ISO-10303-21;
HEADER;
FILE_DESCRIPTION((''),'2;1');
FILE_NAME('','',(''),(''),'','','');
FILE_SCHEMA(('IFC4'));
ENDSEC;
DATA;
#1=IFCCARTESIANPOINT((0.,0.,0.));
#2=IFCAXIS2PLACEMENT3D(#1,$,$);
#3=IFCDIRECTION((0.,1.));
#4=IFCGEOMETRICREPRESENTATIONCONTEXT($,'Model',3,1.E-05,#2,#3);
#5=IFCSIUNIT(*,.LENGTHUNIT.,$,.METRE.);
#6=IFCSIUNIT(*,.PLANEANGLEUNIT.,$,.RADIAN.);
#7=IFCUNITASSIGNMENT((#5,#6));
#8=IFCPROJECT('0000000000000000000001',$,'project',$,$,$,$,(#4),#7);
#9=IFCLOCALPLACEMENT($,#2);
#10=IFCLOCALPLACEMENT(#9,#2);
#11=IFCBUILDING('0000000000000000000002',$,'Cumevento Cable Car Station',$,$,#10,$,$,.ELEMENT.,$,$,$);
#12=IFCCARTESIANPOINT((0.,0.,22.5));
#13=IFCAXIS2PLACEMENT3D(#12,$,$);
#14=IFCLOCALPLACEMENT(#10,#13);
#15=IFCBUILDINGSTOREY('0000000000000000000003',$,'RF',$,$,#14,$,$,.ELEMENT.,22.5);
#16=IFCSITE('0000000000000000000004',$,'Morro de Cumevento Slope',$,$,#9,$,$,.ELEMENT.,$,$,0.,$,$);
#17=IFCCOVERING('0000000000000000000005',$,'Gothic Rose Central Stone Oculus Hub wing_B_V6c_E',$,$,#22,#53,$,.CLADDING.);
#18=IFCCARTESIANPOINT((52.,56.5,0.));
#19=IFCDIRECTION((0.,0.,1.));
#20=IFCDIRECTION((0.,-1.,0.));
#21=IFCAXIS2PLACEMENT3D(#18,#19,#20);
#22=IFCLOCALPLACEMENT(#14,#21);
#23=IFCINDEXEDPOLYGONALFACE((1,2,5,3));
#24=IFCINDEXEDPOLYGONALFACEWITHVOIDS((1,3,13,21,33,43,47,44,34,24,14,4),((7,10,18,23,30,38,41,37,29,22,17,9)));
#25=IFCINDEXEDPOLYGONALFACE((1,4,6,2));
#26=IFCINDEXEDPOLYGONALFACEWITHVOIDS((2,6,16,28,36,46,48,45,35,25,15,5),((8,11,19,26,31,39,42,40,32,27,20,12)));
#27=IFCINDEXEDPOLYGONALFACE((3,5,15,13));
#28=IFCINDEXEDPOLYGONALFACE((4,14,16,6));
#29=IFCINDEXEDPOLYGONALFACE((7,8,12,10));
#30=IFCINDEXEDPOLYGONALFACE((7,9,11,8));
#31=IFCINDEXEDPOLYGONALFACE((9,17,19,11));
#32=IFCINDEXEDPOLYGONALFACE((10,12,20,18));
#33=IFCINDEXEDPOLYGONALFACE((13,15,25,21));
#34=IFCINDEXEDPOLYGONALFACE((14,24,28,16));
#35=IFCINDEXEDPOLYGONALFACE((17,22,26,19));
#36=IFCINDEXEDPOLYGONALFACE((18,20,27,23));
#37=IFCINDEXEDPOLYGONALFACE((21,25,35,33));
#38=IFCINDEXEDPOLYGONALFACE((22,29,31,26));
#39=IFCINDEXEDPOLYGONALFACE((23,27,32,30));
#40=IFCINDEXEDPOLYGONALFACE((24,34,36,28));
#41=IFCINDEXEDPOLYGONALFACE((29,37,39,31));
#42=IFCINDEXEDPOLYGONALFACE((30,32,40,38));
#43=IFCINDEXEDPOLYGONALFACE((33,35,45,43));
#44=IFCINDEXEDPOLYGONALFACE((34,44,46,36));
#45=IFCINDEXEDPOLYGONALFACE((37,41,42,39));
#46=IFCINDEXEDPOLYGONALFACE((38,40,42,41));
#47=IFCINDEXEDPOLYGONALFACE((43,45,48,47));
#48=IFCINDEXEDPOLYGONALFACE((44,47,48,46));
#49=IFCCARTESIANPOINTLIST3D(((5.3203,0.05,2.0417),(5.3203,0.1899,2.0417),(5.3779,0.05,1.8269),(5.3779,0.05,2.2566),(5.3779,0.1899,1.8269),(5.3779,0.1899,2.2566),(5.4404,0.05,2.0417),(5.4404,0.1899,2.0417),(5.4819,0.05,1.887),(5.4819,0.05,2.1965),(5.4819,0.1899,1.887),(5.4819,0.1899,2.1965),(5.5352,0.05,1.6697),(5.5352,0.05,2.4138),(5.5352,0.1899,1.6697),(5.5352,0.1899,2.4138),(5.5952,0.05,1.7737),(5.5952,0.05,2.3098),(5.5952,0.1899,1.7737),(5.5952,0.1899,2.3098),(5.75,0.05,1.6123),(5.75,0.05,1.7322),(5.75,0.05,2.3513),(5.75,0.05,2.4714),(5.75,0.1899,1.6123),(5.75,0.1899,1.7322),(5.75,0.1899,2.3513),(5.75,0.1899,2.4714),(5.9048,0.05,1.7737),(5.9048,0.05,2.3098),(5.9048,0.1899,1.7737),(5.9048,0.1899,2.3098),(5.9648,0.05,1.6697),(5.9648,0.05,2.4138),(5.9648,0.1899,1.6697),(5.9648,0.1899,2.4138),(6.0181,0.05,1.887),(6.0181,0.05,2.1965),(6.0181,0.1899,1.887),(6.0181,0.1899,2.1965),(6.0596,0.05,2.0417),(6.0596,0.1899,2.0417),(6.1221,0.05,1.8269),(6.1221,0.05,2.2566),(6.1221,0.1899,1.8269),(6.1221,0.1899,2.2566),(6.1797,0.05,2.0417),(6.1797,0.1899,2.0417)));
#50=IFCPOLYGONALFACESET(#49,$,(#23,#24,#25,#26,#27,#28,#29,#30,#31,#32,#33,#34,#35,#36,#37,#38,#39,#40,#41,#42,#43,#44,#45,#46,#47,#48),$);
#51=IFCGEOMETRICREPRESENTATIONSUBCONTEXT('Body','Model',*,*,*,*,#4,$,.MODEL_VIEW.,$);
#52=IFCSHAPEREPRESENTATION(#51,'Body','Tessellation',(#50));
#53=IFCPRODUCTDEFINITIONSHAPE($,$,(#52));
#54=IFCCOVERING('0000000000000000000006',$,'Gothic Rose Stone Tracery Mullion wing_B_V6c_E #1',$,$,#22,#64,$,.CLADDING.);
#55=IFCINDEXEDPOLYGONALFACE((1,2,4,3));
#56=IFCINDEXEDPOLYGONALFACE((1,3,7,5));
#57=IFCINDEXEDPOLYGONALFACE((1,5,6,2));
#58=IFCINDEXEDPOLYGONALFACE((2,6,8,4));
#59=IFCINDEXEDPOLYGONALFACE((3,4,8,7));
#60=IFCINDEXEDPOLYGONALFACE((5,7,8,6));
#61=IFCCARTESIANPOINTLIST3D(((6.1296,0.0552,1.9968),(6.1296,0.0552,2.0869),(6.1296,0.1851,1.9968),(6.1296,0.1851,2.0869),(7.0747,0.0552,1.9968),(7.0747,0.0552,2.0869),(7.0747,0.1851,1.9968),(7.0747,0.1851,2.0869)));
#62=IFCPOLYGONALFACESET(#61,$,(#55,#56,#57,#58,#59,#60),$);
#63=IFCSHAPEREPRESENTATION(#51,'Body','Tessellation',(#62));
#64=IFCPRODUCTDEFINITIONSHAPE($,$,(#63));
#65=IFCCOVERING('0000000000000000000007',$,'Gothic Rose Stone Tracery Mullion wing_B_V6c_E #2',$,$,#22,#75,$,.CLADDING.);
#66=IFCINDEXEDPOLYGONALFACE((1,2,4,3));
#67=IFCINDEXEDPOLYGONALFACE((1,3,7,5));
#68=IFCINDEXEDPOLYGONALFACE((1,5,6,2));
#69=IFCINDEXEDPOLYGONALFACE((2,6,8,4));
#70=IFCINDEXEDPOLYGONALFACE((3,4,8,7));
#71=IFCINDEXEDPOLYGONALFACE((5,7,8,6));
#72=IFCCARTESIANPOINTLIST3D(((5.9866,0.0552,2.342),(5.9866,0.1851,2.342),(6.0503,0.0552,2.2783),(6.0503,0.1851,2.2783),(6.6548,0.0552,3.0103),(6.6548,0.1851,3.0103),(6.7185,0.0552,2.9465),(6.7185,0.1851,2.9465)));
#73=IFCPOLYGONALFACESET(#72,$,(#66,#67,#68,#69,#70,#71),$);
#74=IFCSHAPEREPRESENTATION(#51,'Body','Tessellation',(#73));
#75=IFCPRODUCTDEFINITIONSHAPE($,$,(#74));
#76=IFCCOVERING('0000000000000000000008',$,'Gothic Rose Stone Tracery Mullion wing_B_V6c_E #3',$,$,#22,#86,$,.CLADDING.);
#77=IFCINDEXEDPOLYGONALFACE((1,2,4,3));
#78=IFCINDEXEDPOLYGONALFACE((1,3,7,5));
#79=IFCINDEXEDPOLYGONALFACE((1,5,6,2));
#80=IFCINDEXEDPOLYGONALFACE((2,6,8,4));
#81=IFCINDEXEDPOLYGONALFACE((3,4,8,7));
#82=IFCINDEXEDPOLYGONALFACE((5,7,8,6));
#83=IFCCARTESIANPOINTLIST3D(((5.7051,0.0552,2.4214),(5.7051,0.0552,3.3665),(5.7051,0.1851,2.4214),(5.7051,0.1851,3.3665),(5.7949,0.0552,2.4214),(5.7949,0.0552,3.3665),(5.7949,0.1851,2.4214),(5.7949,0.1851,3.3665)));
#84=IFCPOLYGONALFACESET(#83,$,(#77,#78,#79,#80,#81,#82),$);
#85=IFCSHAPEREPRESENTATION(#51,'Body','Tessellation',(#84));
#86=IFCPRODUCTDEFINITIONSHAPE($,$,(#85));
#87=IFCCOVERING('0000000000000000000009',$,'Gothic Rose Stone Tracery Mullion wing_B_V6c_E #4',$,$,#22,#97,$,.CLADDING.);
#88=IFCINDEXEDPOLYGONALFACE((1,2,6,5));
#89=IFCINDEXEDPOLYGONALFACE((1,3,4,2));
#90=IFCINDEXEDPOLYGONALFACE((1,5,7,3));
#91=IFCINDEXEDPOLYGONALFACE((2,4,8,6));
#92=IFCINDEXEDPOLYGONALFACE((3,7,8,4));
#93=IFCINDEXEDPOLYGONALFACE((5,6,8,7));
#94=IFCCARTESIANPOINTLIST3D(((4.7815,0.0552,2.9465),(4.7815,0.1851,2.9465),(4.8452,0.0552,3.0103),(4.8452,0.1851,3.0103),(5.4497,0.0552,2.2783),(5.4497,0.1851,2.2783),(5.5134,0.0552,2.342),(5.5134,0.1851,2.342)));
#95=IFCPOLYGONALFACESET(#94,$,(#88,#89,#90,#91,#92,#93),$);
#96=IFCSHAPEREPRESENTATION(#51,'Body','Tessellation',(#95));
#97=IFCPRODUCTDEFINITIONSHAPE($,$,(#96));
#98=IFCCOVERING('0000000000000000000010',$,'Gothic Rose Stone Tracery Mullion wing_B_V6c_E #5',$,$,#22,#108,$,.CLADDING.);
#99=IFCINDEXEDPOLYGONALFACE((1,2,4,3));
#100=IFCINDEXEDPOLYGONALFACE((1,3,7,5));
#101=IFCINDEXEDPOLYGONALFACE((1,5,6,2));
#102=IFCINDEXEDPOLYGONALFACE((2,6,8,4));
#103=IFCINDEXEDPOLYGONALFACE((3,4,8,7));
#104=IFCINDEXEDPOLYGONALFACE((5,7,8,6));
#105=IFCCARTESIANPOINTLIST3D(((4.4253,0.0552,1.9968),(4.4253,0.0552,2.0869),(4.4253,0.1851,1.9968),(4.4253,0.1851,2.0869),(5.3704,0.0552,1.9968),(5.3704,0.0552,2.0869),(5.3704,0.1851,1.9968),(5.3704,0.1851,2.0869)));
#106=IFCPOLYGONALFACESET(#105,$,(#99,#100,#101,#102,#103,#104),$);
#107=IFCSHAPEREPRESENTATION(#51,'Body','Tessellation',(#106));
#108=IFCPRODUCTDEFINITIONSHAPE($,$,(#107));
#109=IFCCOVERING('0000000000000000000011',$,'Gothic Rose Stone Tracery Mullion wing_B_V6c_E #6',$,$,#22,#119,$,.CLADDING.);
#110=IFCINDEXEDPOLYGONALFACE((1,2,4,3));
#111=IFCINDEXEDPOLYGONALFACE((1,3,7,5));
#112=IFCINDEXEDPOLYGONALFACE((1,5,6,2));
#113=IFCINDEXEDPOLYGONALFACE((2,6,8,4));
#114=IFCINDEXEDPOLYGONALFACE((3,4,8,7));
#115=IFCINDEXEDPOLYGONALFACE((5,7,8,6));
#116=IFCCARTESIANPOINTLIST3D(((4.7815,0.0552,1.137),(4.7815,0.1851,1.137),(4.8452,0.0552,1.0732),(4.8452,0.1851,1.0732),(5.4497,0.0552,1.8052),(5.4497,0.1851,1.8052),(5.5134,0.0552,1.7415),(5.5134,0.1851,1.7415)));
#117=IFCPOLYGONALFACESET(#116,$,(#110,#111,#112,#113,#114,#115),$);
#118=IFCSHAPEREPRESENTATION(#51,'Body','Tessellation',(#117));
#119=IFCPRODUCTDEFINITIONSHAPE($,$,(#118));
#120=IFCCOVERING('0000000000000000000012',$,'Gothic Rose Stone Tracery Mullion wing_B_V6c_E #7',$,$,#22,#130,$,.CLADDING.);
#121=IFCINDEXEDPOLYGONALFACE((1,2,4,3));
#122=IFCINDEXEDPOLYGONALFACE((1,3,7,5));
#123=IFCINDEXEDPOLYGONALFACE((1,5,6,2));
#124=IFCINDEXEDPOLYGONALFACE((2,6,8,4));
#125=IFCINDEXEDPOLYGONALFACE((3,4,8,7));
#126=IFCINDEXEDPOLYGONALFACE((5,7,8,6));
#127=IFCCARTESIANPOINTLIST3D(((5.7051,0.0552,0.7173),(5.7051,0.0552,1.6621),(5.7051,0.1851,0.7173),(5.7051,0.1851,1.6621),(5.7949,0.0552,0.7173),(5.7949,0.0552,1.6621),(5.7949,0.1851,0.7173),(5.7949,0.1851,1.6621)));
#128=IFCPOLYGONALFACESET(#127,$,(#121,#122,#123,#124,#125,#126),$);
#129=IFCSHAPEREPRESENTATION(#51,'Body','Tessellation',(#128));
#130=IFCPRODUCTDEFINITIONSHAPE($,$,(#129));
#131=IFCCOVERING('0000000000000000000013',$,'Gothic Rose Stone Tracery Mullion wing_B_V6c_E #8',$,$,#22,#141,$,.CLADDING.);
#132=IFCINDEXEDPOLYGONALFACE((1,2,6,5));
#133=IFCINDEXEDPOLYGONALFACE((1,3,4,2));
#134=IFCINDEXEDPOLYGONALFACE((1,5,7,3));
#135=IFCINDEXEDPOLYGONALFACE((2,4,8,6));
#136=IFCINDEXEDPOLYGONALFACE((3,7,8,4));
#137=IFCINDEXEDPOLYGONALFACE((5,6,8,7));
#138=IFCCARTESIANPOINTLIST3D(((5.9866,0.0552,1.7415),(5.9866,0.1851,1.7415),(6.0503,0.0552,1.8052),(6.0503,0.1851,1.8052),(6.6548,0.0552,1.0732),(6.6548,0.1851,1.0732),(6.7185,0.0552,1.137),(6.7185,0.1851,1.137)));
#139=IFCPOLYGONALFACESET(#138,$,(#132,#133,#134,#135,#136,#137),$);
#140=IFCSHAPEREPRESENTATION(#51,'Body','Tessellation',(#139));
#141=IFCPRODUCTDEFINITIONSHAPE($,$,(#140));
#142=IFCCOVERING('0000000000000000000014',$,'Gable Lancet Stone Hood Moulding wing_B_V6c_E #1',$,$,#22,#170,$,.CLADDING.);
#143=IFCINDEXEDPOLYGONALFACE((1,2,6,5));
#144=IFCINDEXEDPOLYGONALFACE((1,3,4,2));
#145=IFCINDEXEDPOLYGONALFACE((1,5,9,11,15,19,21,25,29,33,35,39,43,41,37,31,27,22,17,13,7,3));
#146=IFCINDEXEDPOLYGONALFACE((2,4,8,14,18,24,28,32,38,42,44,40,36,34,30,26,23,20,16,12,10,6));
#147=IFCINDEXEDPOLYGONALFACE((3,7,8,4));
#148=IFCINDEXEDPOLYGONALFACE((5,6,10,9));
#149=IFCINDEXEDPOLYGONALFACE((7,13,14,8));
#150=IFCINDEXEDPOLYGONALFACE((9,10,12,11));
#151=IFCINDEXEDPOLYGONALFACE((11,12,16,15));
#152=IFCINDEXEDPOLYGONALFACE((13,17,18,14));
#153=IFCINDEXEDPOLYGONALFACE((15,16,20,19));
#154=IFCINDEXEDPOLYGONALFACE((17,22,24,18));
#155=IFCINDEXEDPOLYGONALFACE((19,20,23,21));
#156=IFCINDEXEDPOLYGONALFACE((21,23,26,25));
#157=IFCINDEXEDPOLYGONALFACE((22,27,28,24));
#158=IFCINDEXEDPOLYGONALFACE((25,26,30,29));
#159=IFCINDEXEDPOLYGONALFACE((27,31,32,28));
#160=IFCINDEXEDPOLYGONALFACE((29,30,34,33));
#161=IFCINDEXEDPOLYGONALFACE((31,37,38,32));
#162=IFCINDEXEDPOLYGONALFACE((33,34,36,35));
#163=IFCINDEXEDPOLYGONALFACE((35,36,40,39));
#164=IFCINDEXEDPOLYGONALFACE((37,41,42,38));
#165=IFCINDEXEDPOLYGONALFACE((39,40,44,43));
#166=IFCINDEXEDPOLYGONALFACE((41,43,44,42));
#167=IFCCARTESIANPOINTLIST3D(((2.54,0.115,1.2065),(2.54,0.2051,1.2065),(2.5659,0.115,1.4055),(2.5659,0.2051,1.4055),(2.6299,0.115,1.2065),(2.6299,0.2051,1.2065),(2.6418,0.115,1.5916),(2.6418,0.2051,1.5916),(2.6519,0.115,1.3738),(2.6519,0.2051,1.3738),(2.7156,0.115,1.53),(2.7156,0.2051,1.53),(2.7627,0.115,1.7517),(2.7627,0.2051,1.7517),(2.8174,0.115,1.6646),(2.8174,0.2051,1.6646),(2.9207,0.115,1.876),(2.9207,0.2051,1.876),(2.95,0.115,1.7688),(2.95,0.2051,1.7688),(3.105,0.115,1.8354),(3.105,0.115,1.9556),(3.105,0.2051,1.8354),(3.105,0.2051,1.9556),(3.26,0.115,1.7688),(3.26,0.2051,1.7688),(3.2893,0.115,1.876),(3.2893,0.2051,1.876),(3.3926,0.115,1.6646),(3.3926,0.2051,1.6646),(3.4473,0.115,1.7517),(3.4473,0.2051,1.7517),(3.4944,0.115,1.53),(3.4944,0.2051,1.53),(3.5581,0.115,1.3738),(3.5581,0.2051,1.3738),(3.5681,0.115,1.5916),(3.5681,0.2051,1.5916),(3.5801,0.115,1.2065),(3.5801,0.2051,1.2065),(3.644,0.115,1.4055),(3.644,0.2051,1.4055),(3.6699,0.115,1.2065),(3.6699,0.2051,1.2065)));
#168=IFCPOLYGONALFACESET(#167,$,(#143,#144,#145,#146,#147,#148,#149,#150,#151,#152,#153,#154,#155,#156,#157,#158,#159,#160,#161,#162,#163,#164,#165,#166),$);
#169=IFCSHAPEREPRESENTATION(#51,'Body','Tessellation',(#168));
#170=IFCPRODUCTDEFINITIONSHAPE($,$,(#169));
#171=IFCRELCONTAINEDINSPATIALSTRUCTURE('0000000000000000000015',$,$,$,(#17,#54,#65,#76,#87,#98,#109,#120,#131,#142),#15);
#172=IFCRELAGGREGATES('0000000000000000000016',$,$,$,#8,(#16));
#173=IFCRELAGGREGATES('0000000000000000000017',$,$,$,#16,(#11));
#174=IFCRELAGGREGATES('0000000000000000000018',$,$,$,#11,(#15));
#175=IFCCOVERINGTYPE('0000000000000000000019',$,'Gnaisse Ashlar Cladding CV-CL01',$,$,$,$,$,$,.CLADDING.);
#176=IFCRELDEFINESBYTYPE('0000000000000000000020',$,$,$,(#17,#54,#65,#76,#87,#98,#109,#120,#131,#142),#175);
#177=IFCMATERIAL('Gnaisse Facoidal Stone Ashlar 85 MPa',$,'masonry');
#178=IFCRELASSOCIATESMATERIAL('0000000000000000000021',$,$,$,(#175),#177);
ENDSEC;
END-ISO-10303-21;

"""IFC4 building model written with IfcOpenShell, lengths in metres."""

from ifc_helpers import new_model, si_unit, direction, frame, origin, place, context, subcontext, project, spatial, polyline, outline, extrude, material, type_object, element, save


model = new_model("IFC4")

# Units and contexts
model_context = context("Model", 3, precision=1e-05, world=origin(), true_north=direction((0.0, 1.0)))
body_context = subcontext(model_context, "Body", "Model", "MODEL_VIEW")
ifc_project = project(units=[si_unit("LENGTHUNIT", "METRE"), si_unit("PLANEANGLEUNIT", "RADIAN")], contexts=[model_context])

# Site, building, storey
site_placement = place(None, origin())
site = spatial("IfcSite", under=ifc_project, at=site_placement, Name="Morro de Cumevento Slope", CompositionType="ELEMENT", RefElevation=0.0)
building_placement = place(site_placement, origin())
building = spatial("IfcBuilding", under=site, at=building_placement, Name="Cumevento Cable Car Station", CompositionType="ELEMENT")
storey_placement = place(building_placement, frame((0.0, 0.0, 22.5)))
storey = spatial("IfcBuildingStorey", under=building, at=storey_placement, Name="RF", CompositionType="ELEMENT", Elevation=22.5)

# Coverings
ifc_material_1 = material(Name="Gnaisse Facoidal Stone Ashlar 85 MPa", Category="masonry")
covering_type = type_object("IfcCoveringType", Name="Gnaisse Ashlar Cladding CV-CL01", PredefinedType="CLADDING", material=ifc_material_1)
placement = place(storey_placement, frame((52.0, 56.5, 0.0), z_axis=(0.0, 0.0, 1.0), x_axis=(0.0, -1.0, 0.0)))
element("IfcCovering", 1, at=placement, inside=storey, type_object=covering_type, Name="Gothic Rose Central Stone Oculus Hub wing_B_V6c_E", PredefinedType="CLADDING", context=body_context, shape_type="SweptSolid", body=[
    extrude(outline(polyline([(6.1797, 2.0417), (6.1221, 2.2566), (5.9648, 2.4138), (5.75, 2.4714), (5.5352, 2.4138), (5.3779, 2.2566), (5.3203, 2.0417), (5.3779, 1.8269), (5.5352, 1.6697), (5.75, 1.6123), (5.9648, 1.6697), (6.1221, 1.8269), (6.1797, 2.0417)]), holes=[polyline([(6.0596, 2.0417), (6.0181, 2.1965), (5.9048, 2.3098), (5.75, 2.3513), (5.5952, 2.3098), (5.4819, 2.1965), (5.4404, 2.0417), (5.4819, 1.887), (5.5952, 1.7737), (5.75, 1.7322), (5.9048, 1.7737), (6.0181, 1.887), (6.0596, 2.0417)])]), frame((0.0, 0.1899, 0.0), z_axis=(0.0, -1.0, 0.0), x_axis=(1.0, 0.0, 0.0)), (0.0, 0.0, 1.0), 0.1399),
])
element("IfcCovering", 2, at=placement, inside=storey, type_object=covering_type, Name="Gothic Rose Stone Tracery Mullion wing_B_V6c_E #1", PredefinedType="CLADDING", context=body_context, shape_type="SweptSolid", body=[
    extrude(outline(polyline([(6.1296, 2.0869), (7.0747, 2.0869), (7.0747, 1.9968), (6.1296, 1.9968), (6.1296, 2.0869)])), frame((0.0, 0.1851, 0.0), z_axis=(0.0, -1.0, 0.0), x_axis=(1.0, 0.0, 0.0)), (0.0, 0.0, 1.0), 0.1299),
])
element("IfcCovering", 3, at=placement, inside=storey, type_object=covering_type, Name="Gothic Rose Stone Tracery Mullion wing_B_V6c_E #2", PredefinedType="CLADDING", context=body_context, shape_type="SweptSolid", body=[
    extrude(outline(polyline([(5.9866, 2.342), (6.6548, 3.0103), (6.7185, 2.9465), (6.0503, 2.2783), (5.9866, 2.342)])), frame((0.0, 0.1851, 0.0), z_axis=(0.0, -1.0, 0.0), x_axis=(1.0, 0.0, 0.0)), (0.0, 0.0, 1.0), 0.1299),
])
element("IfcCovering", 4, at=placement, inside=storey, type_object=covering_type, Name="Gothic Rose Stone Tracery Mullion wing_B_V6c_E #3", PredefinedType="CLADDING", context=body_context, shape_type="SweptSolid", body=[
    extrude(outline(polyline([(5.7051, 2.4214), (5.7051, 3.3665), (5.7949, 3.3665), (5.7949, 2.4214), (5.7051, 2.4214)])), frame((0.0, 0.1851, 0.0), z_axis=(0.0, -1.0, 0.0), x_axis=(1.0, 0.0, 0.0)), (0.0, 0.0, 1.0), 0.1299),
])
element("IfcCovering", 5, at=placement, inside=storey, type_object=covering_type, Name="Gothic Rose Stone Tracery Mullion wing_B_V6c_E #4", PredefinedType="CLADDING", context=body_context, shape_type="SweptSolid", body=[
    extrude(outline(polyline([(5.4497, 2.2783), (4.7815, 2.9465), (4.8452, 3.0103), (5.5134, 2.342), (5.4497, 2.2783)])), frame((0.0, 0.1851, 0.0), z_axis=(0.0, -1.0, 0.0), x_axis=(1.0, 0.0, 0.0)), (0.0, 0.0, 1.0), 0.1299),
])
element("IfcCovering", 6, at=placement, inside=storey, type_object=covering_type, Name="Gothic Rose Stone Tracery Mullion wing_B_V6c_E #5", PredefinedType="CLADDING", context=body_context, shape_type="SweptSolid", body=[
    extrude(outline(polyline([(5.3704, 1.9968), (4.4253, 1.9968), (4.4253, 2.0869), (5.3704, 2.0869), (5.3704, 1.9968)])), frame((0.0, 0.1851, 0.0), z_axis=(0.0, -1.0, 0.0), x_axis=(1.0, 0.0, 0.0)), (0.0, 0.0, 1.0), 0.1299),
])
element("IfcCovering", 7, at=placement, inside=storey, type_object=covering_type, Name="Gothic Rose Stone Tracery Mullion wing_B_V6c_E #6", PredefinedType="CLADDING", context=body_context, shape_type="SweptSolid", body=[
    extrude(outline(polyline([(5.5134, 1.7415), (4.8452, 1.0732), (4.7815, 1.137), (5.4497, 1.8052), (5.5134, 1.7415)])), frame((0.0, 0.1851, 0.0), z_axis=(0.0, -1.0, 0.0), x_axis=(1.0, 0.0, 0.0)), (0.0, 0.0, 1.0), 0.1299),
])
element("IfcCovering", 8, at=placement, inside=storey, type_object=covering_type, Name="Gothic Rose Stone Tracery Mullion wing_B_V6c_E #7", PredefinedType="CLADDING", context=body_context, shape_type="SweptSolid", body=[
    extrude(outline(polyline([(5.7949, 1.6621), (5.7949, 0.7173), (5.7051, 0.7173), (5.7051, 1.6621), (5.7949, 1.6621)])), frame((0.0, 0.1851, 0.0), z_axis=(0.0, -1.0, 0.0), x_axis=(1.0, 0.0, 0.0)), (0.0, 0.0, 1.0), 0.1299),
])
element("IfcCovering", 9, at=placement, inside=storey, type_object=covering_type, Name="Gothic Rose Stone Tracery Mullion wing_B_V6c_E #8", PredefinedType="CLADDING", context=body_context, shape_type="SweptSolid", body=[
    extrude(outline(polyline([(6.0503, 1.8052), (6.7185, 1.137), (6.6548, 1.0732), (5.9866, 1.7415), (6.0503, 1.8052)])), frame((0.0, 0.1851, 0.0), z_axis=(0.0, -1.0, 0.0), x_axis=(1.0, 0.0, 0.0)), (0.0, 0.0, 1.0), 0.1299),
])
element("IfcCovering", 10, at=placement, inside=storey, type_object=covering_type, Name="Gable Lancet Stone Hood Moulding wing_B_V6c_E #1", PredefinedType="CLADDING", context=body_context, shape_type="SweptSolid", body=[
    extrude(outline(polyline([(2.6299, 1.2065), (2.6519, 1.3738), (2.7156, 1.53), (2.8174, 1.6646), (2.95, 1.7688), (3.105, 1.8354), (3.26, 1.7688), (3.3926, 1.6646), (3.4944, 1.53), (3.5581, 1.3738), (3.5801, 1.2065), (3.6699, 1.2065), (3.644, 1.4055), (3.5681, 1.5916), (3.4473, 1.7517), (3.2893, 1.876), (3.105, 1.9556), (2.9207, 1.876), (2.7627, 1.7517), (2.6418, 1.5916), (2.5659, 1.4055), (2.54, 1.2065), (2.6299, 1.2065)])), frame((0.0, 0.2051, 0.0), z_axis=(0.0, -1.0, 0.0), x_axis=(1.0, 0.0, 0.0)), (0.0, 0.0, 1.0), 0.0901),
])

save(model, "model.ifc")
